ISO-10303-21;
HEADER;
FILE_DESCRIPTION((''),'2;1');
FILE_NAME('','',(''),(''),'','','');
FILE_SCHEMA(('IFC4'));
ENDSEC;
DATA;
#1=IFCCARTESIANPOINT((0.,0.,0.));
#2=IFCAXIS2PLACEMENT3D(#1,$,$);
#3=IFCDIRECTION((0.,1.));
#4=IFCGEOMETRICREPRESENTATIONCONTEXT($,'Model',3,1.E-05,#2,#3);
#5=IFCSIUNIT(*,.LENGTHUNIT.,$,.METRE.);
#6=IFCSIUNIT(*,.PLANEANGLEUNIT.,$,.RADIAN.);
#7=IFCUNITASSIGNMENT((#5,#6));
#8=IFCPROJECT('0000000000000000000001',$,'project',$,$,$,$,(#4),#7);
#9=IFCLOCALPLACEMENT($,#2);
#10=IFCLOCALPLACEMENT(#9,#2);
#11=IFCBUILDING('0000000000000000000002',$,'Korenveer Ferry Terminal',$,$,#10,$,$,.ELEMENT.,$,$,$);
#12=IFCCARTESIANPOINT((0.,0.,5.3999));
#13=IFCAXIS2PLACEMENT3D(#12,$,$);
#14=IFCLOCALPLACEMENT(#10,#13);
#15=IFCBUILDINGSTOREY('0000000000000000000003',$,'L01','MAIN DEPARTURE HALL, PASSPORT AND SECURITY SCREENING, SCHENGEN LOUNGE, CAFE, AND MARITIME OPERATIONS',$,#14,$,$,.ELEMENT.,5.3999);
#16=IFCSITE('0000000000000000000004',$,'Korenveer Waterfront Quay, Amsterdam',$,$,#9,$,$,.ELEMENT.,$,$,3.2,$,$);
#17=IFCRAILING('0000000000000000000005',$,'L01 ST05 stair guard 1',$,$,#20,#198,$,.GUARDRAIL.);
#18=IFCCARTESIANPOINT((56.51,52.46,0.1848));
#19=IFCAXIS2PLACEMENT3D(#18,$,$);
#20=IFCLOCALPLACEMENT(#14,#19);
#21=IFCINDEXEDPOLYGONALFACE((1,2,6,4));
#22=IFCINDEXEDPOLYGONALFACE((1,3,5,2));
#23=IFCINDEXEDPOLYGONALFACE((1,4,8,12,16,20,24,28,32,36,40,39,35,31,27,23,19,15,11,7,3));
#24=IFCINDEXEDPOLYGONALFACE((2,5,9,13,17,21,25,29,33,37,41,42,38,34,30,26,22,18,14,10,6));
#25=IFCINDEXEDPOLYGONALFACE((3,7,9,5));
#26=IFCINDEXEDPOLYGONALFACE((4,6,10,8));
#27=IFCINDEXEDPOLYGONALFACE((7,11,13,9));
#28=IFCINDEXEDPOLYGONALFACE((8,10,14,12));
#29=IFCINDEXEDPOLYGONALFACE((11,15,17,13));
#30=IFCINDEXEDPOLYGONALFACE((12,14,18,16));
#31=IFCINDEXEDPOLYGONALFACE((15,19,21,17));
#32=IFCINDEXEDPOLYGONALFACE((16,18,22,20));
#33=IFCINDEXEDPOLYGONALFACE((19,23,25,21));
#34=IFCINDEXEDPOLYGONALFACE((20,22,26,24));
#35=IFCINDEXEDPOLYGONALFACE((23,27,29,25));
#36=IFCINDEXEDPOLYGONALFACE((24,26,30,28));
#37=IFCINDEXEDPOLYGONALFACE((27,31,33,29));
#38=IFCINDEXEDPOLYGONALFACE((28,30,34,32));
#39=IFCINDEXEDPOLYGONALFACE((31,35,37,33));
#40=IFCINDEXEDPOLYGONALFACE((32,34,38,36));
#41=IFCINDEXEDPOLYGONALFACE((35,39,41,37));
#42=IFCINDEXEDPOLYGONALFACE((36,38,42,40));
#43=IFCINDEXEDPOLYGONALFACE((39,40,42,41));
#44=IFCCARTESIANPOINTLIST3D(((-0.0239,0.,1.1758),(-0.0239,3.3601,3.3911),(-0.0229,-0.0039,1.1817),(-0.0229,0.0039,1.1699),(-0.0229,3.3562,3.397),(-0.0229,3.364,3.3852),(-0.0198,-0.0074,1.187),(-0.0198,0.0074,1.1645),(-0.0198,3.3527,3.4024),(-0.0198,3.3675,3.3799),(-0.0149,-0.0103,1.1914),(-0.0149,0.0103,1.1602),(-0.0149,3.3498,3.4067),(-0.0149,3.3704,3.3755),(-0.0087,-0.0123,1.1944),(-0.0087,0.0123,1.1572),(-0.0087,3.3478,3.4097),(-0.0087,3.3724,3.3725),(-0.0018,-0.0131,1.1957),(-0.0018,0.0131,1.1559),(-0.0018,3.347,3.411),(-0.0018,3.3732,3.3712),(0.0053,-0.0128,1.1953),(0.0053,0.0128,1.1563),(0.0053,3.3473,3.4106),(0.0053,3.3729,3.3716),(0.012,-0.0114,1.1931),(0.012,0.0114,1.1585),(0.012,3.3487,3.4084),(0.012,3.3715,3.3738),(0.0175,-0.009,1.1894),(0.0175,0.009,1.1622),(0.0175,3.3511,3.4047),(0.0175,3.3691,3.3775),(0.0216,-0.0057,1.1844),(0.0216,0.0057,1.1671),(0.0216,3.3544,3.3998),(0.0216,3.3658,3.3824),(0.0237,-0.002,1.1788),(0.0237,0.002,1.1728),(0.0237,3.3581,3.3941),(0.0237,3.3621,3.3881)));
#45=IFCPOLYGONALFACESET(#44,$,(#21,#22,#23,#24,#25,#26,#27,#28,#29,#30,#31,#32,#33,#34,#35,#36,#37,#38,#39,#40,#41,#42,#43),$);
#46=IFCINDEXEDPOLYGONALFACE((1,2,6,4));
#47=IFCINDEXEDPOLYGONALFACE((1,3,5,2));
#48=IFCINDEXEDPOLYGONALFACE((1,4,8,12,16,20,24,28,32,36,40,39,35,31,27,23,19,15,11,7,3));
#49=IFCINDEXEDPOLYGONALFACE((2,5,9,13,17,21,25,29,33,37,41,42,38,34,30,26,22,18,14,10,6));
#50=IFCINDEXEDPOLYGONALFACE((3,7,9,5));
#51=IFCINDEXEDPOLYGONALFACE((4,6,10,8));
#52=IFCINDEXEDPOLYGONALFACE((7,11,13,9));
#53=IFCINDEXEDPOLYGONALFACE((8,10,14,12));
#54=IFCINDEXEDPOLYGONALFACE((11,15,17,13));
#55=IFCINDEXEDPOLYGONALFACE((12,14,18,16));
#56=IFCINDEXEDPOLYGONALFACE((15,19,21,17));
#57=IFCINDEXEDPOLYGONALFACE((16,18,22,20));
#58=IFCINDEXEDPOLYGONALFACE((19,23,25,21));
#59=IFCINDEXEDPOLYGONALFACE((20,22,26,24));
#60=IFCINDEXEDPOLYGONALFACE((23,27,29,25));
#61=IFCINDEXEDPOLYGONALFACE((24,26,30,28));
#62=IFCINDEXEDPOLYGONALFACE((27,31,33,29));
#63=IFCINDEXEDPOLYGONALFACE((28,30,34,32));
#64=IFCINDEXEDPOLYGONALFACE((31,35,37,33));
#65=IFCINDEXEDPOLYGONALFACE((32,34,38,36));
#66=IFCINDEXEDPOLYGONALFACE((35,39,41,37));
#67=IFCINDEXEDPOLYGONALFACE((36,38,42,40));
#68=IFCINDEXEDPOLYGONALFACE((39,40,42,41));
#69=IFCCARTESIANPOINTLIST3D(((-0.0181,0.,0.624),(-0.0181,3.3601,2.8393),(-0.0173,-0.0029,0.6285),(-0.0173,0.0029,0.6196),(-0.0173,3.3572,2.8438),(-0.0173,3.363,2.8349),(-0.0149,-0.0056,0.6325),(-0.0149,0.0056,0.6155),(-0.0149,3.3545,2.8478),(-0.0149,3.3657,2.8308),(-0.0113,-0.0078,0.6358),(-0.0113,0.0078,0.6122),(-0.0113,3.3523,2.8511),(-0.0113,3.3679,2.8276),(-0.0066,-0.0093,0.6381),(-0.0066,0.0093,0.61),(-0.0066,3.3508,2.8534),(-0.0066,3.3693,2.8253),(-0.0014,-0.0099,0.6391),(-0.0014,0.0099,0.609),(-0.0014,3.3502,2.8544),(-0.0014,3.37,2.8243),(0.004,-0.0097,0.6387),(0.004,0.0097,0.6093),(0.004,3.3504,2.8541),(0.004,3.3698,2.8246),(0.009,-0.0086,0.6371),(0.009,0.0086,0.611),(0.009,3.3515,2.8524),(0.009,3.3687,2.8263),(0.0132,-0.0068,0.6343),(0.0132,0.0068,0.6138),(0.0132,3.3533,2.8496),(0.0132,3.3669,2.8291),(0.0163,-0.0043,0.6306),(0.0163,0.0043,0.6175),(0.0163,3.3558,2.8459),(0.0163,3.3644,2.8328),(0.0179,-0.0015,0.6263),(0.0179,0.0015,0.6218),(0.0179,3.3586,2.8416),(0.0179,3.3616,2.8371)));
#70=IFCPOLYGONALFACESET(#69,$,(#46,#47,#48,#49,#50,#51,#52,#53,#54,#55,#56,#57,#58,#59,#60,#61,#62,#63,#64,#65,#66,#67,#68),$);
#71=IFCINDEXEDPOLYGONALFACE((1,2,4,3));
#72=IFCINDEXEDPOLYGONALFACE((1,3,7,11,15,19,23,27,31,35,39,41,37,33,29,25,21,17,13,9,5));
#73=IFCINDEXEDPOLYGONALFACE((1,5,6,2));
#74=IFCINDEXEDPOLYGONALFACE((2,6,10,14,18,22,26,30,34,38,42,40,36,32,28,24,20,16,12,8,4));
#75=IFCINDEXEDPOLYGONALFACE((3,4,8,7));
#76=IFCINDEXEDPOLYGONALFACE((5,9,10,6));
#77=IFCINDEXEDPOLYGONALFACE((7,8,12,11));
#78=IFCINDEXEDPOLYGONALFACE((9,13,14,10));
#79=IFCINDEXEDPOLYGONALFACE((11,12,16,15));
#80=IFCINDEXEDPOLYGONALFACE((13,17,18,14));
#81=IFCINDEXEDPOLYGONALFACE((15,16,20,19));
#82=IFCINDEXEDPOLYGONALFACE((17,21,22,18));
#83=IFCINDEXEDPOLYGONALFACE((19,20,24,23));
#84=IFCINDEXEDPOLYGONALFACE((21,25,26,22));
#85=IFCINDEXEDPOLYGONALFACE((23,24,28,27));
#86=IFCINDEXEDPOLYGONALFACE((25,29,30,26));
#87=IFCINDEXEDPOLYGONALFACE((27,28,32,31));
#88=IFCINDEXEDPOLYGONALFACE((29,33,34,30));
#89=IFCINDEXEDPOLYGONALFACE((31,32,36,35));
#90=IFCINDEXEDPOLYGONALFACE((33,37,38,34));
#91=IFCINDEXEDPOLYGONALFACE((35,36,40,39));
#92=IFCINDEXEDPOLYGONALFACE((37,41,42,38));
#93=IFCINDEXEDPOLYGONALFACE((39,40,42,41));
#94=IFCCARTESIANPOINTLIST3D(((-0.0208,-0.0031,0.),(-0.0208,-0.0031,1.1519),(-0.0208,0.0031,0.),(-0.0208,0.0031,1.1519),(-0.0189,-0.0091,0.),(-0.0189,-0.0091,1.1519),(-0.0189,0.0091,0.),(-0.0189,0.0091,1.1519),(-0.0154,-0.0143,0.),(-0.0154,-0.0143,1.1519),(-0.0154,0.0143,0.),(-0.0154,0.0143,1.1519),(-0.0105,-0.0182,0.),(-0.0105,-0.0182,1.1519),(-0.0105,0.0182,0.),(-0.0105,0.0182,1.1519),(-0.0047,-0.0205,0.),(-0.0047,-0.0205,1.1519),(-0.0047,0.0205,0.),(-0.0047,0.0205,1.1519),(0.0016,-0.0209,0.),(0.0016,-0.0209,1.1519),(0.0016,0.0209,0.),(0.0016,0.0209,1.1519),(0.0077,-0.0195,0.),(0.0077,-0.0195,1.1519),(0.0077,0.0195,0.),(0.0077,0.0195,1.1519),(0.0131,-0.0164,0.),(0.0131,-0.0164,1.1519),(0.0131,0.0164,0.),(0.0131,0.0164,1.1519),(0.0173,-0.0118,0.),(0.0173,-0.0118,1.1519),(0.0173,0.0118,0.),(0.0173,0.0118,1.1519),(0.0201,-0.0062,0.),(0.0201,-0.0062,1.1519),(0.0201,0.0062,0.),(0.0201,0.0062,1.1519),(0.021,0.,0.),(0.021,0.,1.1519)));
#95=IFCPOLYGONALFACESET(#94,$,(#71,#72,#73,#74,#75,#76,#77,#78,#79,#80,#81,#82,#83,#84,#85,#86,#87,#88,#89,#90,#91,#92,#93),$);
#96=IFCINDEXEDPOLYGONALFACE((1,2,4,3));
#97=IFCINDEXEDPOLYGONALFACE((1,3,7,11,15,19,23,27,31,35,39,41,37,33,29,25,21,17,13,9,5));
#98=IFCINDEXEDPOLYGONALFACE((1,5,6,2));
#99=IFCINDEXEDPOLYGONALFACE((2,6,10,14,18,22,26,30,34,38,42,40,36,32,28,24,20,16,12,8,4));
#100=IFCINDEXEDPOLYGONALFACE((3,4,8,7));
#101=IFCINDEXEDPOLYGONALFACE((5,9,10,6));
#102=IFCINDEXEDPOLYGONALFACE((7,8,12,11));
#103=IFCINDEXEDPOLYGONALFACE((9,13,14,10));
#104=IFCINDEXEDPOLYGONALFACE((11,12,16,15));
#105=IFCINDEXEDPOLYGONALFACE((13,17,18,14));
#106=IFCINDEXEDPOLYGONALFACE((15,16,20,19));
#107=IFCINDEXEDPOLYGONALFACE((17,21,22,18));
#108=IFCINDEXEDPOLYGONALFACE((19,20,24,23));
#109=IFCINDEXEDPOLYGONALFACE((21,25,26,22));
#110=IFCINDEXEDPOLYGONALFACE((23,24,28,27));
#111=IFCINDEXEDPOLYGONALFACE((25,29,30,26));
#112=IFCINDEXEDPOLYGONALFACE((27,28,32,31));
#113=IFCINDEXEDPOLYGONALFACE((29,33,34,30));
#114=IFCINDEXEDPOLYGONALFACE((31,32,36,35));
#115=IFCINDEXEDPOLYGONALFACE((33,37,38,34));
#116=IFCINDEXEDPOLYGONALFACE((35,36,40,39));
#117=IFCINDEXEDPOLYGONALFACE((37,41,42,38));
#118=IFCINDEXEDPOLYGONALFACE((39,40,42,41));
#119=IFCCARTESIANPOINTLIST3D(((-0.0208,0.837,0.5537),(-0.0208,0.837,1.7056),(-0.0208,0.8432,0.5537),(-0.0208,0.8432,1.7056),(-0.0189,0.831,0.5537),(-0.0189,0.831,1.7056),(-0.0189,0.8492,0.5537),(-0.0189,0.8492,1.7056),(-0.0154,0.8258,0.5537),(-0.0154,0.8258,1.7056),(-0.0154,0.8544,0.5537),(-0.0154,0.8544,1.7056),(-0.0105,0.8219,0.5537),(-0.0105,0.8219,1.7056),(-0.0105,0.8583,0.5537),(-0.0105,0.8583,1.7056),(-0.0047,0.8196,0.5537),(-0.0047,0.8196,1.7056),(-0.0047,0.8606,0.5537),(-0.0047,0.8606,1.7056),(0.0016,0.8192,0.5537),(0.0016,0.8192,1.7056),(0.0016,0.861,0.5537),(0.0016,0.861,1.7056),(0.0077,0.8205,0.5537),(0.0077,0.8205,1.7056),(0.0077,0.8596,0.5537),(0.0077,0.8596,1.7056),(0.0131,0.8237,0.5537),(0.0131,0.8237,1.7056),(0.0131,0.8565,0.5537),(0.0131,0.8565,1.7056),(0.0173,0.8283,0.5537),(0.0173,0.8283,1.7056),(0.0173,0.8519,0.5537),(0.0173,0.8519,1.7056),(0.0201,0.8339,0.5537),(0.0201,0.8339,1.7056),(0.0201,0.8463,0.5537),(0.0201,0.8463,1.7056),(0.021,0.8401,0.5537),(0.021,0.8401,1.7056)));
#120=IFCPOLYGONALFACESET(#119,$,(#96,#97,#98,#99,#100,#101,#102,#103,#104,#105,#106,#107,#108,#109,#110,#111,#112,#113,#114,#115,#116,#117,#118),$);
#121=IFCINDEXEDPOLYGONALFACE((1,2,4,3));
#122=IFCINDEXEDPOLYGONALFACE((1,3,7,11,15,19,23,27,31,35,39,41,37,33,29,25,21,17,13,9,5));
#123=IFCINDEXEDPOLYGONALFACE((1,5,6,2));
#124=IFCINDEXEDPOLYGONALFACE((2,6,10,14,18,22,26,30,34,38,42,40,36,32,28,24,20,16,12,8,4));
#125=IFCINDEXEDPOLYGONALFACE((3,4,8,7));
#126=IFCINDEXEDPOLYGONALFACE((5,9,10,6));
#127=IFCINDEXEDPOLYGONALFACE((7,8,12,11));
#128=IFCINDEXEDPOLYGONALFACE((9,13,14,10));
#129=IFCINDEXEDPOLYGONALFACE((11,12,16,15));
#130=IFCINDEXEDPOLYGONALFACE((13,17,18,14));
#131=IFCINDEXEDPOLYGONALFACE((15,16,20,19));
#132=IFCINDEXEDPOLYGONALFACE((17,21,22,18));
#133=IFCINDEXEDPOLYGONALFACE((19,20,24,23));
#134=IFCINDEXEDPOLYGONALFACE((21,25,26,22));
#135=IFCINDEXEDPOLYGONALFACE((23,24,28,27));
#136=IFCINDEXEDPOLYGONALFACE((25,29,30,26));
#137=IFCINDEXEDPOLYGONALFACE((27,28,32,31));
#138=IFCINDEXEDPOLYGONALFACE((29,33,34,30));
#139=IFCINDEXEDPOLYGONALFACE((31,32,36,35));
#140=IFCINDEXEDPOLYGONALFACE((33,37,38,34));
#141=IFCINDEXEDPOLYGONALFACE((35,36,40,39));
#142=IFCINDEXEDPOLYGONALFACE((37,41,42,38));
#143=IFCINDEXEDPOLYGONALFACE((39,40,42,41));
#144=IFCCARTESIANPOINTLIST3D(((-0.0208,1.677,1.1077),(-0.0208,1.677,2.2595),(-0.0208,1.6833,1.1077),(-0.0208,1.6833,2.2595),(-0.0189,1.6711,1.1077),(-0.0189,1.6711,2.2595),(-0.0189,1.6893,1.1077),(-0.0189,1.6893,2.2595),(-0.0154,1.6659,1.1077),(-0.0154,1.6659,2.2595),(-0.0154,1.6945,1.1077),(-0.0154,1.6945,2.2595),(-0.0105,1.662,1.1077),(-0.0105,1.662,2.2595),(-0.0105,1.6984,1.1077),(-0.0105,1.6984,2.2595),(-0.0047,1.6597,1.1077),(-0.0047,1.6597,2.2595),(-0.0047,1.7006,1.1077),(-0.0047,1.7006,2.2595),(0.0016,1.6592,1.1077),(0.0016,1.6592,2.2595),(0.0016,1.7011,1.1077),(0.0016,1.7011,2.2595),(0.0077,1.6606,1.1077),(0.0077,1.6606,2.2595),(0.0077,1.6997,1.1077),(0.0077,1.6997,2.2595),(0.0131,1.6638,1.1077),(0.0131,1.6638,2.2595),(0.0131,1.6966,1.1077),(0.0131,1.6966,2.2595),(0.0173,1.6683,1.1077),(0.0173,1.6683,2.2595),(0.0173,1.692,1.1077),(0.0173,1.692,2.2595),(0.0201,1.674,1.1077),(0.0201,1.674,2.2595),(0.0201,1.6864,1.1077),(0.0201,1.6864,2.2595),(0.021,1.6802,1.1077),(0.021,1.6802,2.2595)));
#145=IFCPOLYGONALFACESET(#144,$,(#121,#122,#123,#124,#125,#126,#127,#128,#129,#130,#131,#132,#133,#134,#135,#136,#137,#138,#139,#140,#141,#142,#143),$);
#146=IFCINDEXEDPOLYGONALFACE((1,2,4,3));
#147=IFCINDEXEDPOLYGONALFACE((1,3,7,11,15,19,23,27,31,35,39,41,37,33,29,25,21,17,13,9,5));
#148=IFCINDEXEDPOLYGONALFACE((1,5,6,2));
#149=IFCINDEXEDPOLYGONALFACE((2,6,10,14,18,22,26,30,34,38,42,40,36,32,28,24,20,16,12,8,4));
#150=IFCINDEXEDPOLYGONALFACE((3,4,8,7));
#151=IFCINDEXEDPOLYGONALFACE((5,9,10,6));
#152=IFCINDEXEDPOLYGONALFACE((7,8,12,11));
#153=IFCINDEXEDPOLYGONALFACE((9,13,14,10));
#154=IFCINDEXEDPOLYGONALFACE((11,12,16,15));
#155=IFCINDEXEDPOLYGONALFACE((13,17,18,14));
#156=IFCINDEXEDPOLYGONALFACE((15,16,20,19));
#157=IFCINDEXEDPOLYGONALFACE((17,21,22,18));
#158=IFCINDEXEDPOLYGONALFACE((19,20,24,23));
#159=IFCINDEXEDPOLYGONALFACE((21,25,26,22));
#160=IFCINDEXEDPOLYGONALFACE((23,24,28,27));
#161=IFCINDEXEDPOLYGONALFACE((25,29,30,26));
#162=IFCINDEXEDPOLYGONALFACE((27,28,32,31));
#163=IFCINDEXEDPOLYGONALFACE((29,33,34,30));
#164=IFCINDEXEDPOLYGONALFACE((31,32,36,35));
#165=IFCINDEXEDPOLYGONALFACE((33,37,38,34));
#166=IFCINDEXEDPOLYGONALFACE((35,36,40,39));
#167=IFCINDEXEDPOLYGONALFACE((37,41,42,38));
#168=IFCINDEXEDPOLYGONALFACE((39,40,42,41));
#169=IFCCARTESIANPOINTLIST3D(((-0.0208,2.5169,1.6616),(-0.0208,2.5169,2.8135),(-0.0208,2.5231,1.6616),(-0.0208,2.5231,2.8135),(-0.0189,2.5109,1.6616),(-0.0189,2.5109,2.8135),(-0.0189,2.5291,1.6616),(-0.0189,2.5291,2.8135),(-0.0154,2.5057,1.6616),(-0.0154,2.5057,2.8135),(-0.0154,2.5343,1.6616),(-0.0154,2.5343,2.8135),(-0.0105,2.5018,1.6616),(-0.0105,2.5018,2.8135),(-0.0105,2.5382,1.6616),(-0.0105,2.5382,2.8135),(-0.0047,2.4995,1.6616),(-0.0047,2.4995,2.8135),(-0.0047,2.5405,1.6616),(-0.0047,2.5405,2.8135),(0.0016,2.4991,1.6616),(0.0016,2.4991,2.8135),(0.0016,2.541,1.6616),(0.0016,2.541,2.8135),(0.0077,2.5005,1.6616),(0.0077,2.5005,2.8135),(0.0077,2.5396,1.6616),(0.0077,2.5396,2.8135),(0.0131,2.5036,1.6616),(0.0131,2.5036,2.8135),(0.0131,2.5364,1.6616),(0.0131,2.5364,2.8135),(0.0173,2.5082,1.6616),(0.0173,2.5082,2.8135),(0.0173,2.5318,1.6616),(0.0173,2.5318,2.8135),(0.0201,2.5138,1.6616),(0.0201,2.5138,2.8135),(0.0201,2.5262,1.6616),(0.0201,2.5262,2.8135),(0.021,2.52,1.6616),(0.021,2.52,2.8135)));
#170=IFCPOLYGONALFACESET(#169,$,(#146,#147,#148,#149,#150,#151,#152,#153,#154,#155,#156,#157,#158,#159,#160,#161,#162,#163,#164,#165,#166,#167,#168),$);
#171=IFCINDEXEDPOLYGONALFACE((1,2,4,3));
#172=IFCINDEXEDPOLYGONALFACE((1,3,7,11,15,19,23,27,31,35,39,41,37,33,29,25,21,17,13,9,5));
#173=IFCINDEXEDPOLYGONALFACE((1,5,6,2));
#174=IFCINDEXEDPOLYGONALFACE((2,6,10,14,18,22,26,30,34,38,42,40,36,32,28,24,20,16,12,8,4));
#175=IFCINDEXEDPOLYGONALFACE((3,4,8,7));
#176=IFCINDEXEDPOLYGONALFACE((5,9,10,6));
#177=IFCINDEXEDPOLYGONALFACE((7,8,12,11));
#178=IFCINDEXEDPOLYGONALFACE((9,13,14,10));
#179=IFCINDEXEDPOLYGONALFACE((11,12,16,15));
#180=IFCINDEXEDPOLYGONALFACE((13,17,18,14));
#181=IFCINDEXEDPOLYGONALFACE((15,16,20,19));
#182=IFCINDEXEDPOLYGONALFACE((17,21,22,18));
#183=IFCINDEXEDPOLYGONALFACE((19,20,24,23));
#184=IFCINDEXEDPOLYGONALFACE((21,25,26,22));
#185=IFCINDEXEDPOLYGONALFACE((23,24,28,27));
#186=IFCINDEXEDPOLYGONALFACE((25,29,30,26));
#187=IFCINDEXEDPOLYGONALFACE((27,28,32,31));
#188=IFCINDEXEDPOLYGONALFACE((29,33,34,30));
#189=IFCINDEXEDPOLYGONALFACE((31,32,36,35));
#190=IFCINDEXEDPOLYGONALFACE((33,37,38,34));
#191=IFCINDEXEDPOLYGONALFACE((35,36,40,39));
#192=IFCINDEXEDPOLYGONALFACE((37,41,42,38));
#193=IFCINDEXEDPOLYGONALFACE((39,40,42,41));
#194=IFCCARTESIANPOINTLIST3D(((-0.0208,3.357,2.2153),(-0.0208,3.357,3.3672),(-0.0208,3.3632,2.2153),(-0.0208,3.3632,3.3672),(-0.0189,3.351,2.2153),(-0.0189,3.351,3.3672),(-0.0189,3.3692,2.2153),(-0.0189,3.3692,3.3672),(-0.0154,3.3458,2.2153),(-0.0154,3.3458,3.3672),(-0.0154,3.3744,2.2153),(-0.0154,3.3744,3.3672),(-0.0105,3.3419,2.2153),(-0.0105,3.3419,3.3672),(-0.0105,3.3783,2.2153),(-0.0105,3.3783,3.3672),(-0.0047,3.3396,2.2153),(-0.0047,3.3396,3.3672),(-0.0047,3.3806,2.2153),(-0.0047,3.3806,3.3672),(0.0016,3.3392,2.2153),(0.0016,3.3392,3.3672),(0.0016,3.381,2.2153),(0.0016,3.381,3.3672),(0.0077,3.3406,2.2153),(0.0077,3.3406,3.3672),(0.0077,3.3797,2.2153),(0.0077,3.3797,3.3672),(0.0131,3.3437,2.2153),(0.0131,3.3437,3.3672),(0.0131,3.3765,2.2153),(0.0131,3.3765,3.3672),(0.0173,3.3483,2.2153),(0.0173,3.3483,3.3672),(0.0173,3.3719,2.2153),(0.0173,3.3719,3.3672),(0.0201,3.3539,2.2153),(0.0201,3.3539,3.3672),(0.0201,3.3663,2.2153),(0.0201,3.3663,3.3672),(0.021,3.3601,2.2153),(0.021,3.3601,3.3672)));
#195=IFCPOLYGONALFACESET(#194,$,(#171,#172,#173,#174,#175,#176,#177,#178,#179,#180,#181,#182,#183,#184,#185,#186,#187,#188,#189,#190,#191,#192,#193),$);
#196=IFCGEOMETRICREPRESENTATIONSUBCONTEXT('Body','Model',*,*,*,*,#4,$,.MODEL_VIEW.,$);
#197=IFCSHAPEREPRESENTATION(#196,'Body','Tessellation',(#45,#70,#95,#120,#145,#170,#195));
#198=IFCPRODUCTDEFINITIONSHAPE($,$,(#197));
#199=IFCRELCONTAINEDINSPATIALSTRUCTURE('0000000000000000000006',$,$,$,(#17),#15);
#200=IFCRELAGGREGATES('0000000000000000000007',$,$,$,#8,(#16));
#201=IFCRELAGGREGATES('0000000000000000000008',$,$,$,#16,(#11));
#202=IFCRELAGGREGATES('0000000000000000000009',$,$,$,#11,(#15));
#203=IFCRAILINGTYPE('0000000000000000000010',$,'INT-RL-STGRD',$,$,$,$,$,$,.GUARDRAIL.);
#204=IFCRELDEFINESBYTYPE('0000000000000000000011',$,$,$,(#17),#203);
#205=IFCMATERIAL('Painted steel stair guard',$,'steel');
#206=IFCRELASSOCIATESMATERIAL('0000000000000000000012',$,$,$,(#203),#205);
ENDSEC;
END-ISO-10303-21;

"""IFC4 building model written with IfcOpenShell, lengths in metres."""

from ifc_helpers import new_model, si_unit, direction, frame, origin, origin_2d, place, context, subcontext, project, spatial, circle, extrude, material, type_object, element, save


model = new_model("IFC4")

# Units and contexts
model_context = context("Model", 3, precision=1e-05, world=origin(), true_north=direction((0.0, 1.0)))
body_context = subcontext(model_context, "Body", "Model", "MODEL_VIEW")
ifc_project = project(units=[si_unit("LENGTHUNIT", "METRE"), si_unit("PLANEANGLEUNIT", "RADIAN")], contexts=[model_context])

# Site, building, storey
site_placement = place(None, origin())
site = spatial("IfcSite", under=ifc_project, at=site_placement, Name="Korenveer Waterfront Quay, Amsterdam", CompositionType="ELEMENT", RefElevation=3.2)
building_placement = place(site_placement, origin())
building = spatial("IfcBuilding", under=site, at=building_placement, Name="Korenveer Ferry Terminal", CompositionType="ELEMENT")
storey_placement = place(building_placement, frame((0.0, 0.0, 5.3999)))
storey = spatial("IfcBuildingStorey", under=building, at=storey_placement, Name="L01", Description="MAIN DEPARTURE HALL, PASSPORT AND SECURITY SCREENING, SCHENGEN LOUNGE, CAFE, AND MARITIME OPERATIONS", CompositionType="ELEMENT", Elevation=5.3999)

# Railing
ifc_material_1 = material(Name="Painted steel stair guard", Category="steel")
railing_type_1 = type_object("IfcRailingType", Name="INT-RL-STGRD", PredefinedType="GUARDRAIL", material=ifc_material_1)
railing_1_placement = place(storey_placement, frame((56.51, 52.46, 0.1848)))
element("IfcRailing", 1, at=railing_1_placement, inside=storey, type_object=railing_type_1, Name="L01 ST05 stair guard 1", PredefinedType="GUARDRAIL", context=body_context, shape_type="SweptSolid", body=[
    extrude(circle(Radius=0.0239, at=origin_2d()), frame((0.0, 0.0, 1.1758), z_axis=(0.0, 0.834876, 0.550437), x_axis=(-1.0, 0.0, 0.0)), (0.0, 0.0, 1.0), 4.0247),
    extrude(circle(Radius=0.0181, at=origin_2d()), frame((0.0, 0.0, 0.624), z_axis=(0.0, 0.834876, 0.550437), x_axis=(-1.0, 0.0, 0.0)), (0.0, 0.0, 1.0), 4.0247),
    extrude(circle(Radius=0.021, at=origin_2d()), origin(), (0.0, 0.0, 1.0), 1.1519),
    extrude(circle(Radius=0.021, at=origin_2d()), frame((0.0, 0.8401, 0.5537)), (0.0, 0.0, 1.0), 1.1519),
    extrude(circle(Radius=0.021, at=origin_2d()), frame((0.0, 1.6802, 1.1077)), (0.0, 0.0, 1.0), 1.1519),
    extrude(circle(Radius=0.021, at=origin_2d()), frame((0.0, 2.52, 1.6616)), (0.0, 0.0, 1.0), 1.1519),
    extrude(circle(Radius=0.021, at=origin_2d()), frame((0.0, 3.3601, 2.2153)), (0.0, 0.0, 1.0), 1.1519),
])

save(model, "model.ifc")
